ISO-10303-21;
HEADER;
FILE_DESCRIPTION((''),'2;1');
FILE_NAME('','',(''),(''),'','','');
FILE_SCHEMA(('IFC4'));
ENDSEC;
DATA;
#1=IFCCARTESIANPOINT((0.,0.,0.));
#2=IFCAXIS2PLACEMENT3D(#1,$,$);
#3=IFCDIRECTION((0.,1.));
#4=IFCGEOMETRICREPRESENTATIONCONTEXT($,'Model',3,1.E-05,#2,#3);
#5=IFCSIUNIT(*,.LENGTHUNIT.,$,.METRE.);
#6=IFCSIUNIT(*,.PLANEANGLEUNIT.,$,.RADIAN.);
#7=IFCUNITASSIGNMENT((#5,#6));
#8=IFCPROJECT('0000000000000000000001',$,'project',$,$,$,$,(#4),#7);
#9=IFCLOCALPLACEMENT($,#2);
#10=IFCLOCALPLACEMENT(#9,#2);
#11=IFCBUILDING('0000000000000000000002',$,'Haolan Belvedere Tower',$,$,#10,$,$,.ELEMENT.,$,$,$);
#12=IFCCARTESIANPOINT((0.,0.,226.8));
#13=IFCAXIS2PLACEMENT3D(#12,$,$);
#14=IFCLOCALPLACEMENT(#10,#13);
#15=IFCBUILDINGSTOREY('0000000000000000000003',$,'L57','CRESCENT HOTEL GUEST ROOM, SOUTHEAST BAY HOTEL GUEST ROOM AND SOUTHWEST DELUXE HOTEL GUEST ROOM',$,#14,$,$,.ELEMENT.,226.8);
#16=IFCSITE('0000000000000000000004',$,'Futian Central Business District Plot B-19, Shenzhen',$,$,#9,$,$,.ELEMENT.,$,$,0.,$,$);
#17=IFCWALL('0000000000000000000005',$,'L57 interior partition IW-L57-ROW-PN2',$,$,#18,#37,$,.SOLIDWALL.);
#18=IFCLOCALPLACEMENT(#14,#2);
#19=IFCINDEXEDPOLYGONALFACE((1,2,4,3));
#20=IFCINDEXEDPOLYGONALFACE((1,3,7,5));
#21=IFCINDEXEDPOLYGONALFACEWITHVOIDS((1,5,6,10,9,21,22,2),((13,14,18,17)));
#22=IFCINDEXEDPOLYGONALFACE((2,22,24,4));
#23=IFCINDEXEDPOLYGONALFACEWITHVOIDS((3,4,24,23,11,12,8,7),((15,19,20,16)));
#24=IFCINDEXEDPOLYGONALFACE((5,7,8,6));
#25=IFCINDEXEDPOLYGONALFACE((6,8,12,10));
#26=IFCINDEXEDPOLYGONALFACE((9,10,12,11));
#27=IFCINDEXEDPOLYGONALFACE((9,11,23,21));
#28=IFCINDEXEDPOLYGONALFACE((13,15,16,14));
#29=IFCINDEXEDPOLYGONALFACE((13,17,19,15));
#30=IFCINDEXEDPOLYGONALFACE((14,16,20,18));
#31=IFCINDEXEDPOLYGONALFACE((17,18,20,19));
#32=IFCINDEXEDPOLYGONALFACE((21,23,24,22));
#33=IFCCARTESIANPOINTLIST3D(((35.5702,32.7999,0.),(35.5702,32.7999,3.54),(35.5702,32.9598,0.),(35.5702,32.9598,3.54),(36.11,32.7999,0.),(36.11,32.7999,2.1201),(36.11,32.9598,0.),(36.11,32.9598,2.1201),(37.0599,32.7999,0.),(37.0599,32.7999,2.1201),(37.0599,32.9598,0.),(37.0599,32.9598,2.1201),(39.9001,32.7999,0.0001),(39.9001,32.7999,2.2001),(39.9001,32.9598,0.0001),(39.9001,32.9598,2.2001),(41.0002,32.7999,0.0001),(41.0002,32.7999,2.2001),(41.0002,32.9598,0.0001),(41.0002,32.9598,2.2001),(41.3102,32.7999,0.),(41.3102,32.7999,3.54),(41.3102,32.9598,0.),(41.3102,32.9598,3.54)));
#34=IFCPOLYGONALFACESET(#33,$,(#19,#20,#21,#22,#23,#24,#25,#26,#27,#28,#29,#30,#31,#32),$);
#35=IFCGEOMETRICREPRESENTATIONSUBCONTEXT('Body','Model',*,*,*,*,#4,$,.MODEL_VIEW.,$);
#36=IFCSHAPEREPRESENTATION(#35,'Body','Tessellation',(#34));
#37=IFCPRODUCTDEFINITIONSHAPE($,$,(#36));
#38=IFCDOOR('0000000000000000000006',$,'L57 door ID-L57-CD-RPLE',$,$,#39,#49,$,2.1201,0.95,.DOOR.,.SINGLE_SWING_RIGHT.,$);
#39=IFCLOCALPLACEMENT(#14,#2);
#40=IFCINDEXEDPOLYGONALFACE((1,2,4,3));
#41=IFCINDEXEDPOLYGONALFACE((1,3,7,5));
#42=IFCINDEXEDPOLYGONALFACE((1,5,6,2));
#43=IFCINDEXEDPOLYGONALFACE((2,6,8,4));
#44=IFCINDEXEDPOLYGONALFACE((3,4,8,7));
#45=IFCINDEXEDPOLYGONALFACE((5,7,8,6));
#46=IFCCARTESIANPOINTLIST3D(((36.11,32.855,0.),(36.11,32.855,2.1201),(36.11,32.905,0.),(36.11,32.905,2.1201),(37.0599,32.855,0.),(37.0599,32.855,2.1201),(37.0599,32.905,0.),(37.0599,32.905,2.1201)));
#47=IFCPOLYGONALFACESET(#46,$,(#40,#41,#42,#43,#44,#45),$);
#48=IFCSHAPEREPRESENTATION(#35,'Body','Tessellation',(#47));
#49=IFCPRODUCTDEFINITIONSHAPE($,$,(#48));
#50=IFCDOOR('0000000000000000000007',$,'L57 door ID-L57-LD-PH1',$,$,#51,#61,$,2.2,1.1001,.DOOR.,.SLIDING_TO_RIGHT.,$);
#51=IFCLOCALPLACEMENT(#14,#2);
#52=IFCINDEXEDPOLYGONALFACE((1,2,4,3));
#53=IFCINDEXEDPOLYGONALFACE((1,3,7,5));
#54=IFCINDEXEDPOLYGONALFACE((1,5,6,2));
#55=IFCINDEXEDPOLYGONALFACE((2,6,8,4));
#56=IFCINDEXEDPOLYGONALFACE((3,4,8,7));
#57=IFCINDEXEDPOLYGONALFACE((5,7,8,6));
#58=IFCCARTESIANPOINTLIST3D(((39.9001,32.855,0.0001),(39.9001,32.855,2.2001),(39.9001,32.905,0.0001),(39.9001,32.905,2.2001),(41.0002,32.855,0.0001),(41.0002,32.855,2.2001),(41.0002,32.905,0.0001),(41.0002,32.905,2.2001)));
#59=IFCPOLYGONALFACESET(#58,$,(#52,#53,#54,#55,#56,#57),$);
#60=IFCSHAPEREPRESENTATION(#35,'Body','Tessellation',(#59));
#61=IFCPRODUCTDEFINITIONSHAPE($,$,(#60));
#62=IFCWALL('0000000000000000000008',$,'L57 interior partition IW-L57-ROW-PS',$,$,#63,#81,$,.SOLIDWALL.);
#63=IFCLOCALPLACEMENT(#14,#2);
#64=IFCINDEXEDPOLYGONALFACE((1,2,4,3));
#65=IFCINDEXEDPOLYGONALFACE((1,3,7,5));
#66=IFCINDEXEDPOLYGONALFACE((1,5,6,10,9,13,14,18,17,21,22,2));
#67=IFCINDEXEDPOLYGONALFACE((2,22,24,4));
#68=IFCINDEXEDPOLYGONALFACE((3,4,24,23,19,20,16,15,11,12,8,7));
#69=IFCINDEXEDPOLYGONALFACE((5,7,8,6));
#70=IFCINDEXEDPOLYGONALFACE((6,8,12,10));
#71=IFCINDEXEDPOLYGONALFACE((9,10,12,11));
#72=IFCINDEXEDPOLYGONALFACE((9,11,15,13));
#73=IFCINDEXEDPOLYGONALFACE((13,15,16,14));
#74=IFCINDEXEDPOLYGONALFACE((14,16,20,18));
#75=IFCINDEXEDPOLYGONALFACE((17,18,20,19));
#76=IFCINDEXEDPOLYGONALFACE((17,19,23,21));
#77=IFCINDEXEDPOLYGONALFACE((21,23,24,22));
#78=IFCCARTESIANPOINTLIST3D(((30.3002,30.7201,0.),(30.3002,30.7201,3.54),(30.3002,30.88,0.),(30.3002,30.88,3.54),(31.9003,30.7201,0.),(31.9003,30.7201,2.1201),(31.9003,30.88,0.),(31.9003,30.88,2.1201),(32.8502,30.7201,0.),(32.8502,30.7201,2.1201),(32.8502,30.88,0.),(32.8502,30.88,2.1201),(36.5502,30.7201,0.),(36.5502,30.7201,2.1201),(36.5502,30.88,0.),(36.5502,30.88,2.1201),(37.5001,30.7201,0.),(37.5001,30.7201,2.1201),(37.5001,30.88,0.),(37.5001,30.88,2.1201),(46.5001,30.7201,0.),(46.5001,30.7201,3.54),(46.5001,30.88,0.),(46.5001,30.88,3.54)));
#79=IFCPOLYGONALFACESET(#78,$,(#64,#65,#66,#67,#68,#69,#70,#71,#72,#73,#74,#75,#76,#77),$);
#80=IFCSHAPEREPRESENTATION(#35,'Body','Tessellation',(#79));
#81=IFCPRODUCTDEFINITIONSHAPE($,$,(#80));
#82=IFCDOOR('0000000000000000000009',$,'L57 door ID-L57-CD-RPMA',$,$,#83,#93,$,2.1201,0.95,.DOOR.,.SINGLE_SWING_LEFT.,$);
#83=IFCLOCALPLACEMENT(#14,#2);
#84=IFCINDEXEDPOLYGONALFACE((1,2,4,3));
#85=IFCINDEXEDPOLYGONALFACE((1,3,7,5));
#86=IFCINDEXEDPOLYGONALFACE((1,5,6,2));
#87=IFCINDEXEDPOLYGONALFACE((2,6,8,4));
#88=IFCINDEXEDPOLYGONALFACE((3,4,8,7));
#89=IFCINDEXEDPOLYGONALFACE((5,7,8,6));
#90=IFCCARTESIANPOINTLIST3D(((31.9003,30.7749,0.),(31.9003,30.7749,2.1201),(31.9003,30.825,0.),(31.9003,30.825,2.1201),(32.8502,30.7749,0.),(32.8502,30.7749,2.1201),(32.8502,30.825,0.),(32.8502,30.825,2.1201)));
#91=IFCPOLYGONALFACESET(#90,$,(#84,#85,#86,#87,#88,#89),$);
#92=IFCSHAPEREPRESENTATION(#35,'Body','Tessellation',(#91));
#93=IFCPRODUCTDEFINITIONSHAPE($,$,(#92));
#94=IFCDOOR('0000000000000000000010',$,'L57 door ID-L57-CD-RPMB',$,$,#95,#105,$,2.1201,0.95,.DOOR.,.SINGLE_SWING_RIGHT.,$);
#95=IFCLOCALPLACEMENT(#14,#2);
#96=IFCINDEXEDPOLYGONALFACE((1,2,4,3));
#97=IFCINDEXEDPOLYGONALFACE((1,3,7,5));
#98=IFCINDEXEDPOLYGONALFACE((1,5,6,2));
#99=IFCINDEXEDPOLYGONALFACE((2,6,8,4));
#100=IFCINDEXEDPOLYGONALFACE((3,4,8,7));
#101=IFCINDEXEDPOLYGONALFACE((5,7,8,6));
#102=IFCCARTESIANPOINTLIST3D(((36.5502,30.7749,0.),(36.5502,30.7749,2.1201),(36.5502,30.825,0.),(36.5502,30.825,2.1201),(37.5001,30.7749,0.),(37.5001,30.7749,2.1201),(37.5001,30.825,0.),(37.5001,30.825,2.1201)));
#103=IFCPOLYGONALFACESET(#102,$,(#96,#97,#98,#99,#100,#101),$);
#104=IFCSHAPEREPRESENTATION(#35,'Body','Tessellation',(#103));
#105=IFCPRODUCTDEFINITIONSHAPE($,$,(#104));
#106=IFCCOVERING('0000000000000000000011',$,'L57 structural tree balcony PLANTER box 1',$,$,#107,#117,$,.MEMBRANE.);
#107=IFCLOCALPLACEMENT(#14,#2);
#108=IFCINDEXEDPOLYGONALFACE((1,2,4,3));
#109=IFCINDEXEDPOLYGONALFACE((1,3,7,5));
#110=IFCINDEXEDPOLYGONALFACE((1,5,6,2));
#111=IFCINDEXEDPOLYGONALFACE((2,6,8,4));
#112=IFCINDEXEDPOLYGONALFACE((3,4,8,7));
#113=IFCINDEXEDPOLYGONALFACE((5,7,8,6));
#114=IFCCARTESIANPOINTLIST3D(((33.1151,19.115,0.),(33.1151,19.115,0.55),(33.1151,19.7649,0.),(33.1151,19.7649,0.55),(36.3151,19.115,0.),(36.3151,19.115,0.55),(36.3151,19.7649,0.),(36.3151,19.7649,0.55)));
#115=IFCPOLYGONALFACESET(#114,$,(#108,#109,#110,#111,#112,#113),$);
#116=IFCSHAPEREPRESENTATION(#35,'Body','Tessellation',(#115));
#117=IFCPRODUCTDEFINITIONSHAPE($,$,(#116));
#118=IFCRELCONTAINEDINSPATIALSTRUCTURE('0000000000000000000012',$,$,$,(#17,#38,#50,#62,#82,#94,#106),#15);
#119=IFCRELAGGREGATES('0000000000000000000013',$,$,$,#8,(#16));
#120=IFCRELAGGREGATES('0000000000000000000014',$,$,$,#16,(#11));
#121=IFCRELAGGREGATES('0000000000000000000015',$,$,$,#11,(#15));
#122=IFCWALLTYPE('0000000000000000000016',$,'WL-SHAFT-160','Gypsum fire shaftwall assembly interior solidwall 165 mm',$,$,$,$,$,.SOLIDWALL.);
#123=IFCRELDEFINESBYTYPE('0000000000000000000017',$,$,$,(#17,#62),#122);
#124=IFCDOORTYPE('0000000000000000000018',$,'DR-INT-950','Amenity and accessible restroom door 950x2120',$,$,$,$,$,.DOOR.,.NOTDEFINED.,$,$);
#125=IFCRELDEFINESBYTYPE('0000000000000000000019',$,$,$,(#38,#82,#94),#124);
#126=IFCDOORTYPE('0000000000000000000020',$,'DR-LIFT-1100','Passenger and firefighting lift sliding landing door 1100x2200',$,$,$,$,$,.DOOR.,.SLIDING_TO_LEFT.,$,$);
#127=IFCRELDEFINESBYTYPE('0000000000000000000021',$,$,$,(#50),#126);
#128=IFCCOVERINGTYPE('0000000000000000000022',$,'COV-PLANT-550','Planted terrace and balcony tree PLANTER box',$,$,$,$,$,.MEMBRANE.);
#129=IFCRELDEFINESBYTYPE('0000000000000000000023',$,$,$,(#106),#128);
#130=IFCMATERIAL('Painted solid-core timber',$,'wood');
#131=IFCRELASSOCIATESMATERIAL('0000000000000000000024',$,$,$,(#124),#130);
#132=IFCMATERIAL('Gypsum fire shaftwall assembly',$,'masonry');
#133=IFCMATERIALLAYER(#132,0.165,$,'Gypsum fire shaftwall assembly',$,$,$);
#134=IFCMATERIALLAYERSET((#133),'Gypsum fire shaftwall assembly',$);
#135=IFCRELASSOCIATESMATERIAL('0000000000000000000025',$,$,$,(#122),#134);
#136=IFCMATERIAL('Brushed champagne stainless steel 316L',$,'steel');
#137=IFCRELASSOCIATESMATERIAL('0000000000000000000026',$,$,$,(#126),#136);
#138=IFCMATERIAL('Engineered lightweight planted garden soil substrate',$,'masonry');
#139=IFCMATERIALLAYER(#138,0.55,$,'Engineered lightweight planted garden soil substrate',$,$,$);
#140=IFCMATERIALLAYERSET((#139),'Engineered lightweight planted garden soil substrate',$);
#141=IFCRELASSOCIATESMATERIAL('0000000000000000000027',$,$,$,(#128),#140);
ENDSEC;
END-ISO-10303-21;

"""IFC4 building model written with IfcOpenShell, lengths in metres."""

from ifc_helpers import new_model, si_unit, direction, frame, frame_2d, origin, origin_2d, place, context, subcontext, project, spatial, rectangle, extrude, material, layer, layer_set, type_object, element, fill, save


model = new_model("IFC4")

# Units and contexts
model_context = context("Model", 3, precision=1e-05, world=origin(), true_north=direction((0.0, 1.0)))
body_context = subcontext(model_context, "Body", "Model", "MODEL_VIEW")
ifc_project = project(units=[si_unit("LENGTHUNIT", "METRE"), si_unit("PLANEANGLEUNIT", "RADIAN")], contexts=[model_context])

# Site, building, storey
site_placement = place(None, origin())
site = spatial("IfcSite", under=ifc_project, at=site_placement, Name="Futian Central Business District Plot B-19, Shenzhen", CompositionType="ELEMENT", RefElevation=0.0)
building_placement = place(site_placement, origin())
building = spatial("IfcBuilding", under=site, at=building_placement, Name="Haolan Belvedere Tower", CompositionType="ELEMENT")
storey_placement = place(building_placement, frame((0.0, 0.0, 226.8)))
storey = spatial("IfcBuildingStorey", under=building, at=storey_placement, Name="L57", Description="CRESCENT HOTEL GUEST ROOM, SOUTHEAST BAY HOTEL GUEST ROOM AND SOUTHWEST DELUXE HOTEL GUEST ROOM", CompositionType="ELEMENT", Elevation=226.8)

# Shared definitions
ifc_material_1 = material(Name="Painted solid-core timber", Category="wood")
door_type_1 = type_object("IfcDoorType", Name="DR-INT-950", Description="Amenity and accessible restroom door 950x2120", OperationType="NOTDEFINED", PredefinedType="DOOR", material=ifc_material_1)

# Shared definitions
ifc_material_2 = material(Name="Gypsum fire shaftwall assembly", Category="masonry")
ifc_layer_1 = layer(ifc_material_2, 0.165, Name="Gypsum fire shaftwall assembly")
ifc_layer_set_1 = layer_set([ifc_layer_1], Name="Gypsum fire shaftwall assembly")
wall_type_1 = type_object("IfcWallType", Name="WL-SHAFT-160", Description="Gypsum fire shaftwall assembly interior solidwall 165 mm", PredefinedType="SOLIDWALL", material=ifc_layer_set_1)

# Walls, openings, doors
wall_1_placement = place(storey_placement, frame((35.5701, 32.8799, 0.0), z_axis=(0.0, 0.0, 1.0), x_axis=(1.0, 0.0, 0.0)))
wall_1 = element("IfcWall", 1, at=wall_1_placement, inside=storey, type_object=wall_type_1, Name="L57 interior partition IW-L57-ROW-PN2", PredefinedType="SOLIDWALL", context=body_context, shape_type="SweptSolid", body=[
    extrude(rectangle(XDim=5.74, YDim=0.1599, at=frame_2d((2.8701, 0.0))), origin(), (0.0, 0.0, 1.0), 3.54),
])
opening_1_placement = place(wall_1_placement, frame((1.49, 0.0, 0.0), z_axis=(0.0, 0.0, 1.0), x_axis=(-1.0, 0.0, 0.0)))
opening_1 = element("IfcOpeningElement", 2, at=opening_1_placement, cuts=wall_1, PredefinedType="OPENING", context=body_context, shape_type="SweptSolid", body=[
    extrude(rectangle(XDim=0.95, YDim=2.1201, at=frame_2d((0.4751, 1.0601))), frame((0.0, 0.0898, 0.0), z_axis=(0.0, -1.0, 0.0), x_axis=(1.0, 0.0, 0.0)), (0.0, 0.0, 1.0), 0.1799),
])
opening_2_placement = place(wall_1_placement, frame((5.4302, 0.0, 0.0), z_axis=(0.0, 0.0, 1.0), x_axis=(-1.0, 0.0, 0.0)))
opening_2 = element("IfcOpeningElement", 3, at=opening_2_placement, cuts=wall_1, PredefinedType="OPENING", context=body_context, shape_type="SweptSolid", body=[
    extrude(rectangle(XDim=1.1001, YDim=2.2, at=frame_2d((0.55, 1.1001))), frame((0.0, 0.0898, 0.0), z_axis=(0.0, -1.0, 0.0), x_axis=(1.0, 0.0, 0.0)), (0.0, 0.0, 1.0), 0.1799),
])
door_1_placement = place(opening_1_placement, origin())
door_1 = element("IfcDoor", 4, at=door_1_placement, inside=storey, type_object=door_type_1, Name="L57 door ID-L57-CD-RPLE", OperationType="SINGLE_SWING_RIGHT", OverallHeight=2.1201, OverallWidth=0.95, PredefinedType="DOOR", context=body_context, shape_type="SweptSolid", body=[
    extrude(rectangle(XDim=0.95, YDim=2.1201, at=frame_2d((0.4751, 1.0601))), frame((0.0, 0.0249, 0.0), z_axis=(0.0, -1.0, 0.0), x_axis=(1.0, 0.0, 0.0)), (0.0, 0.0, 1.0), 0.05),
])
fill(opening_1, door_1)
ifc_material_3 = material(Name="Brushed champagne stainless steel 316L", Category="steel")
door_type_2 = type_object("IfcDoorType", Name="DR-LIFT-1100", Description="Passenger and firefighting lift sliding landing door 1100x2200", OperationType="SLIDING_TO_LEFT", PredefinedType="DOOR", material=ifc_material_3)
door_2_placement = place(opening_2_placement, origin())
door_2 = element("IfcDoor", 5, at=door_2_placement, inside=storey, type_object=door_type_2, Name="L57 door ID-L57-LD-PH1", OperationType="SLIDING_TO_RIGHT", OverallHeight=2.2, OverallWidth=1.1001, PredefinedType="DOOR", context=body_context, shape_type="SweptSolid", body=[
    extrude(rectangle(XDim=1.1001, YDim=2.2, at=frame_2d((0.55, 1.1001))), frame((0.0, 0.0249, 0.0), z_axis=(0.0, -1.0, 0.0), x_axis=(1.0, 0.0, 0.0)), (0.0, 0.0, 1.0), 0.05),
])
fill(opening_2, door_2)
wall_2_placement = place(storey_placement, frame((30.3, 30.8, 0.0), z_axis=(0.0, 0.0, 1.0), x_axis=(1.0, 0.0, 0.0)))
wall_2 = element("IfcWall", 6, at=wall_2_placement, inside=storey, type_object=wall_type_1, Name="L57 interior partition IW-L57-ROW-PS", PredefinedType="SOLIDWALL", context=body_context, shape_type="SweptSolid", body=[
    extrude(rectangle(XDim=16.2, YDim=0.1599, at=frame_2d((8.1001, 0.0))), origin(), (0.0, 0.0, 1.0), 3.54),
])
opening_3_placement = place(wall_2_placement, frame((1.6001, 0.0, 0.0)))
opening_3 = element("IfcOpeningElement", 7, at=opening_3_placement, cuts=wall_2, PredefinedType="OPENING", context=body_context, shape_type="SweptSolid", body=[
    extrude(rectangle(XDim=0.95, YDim=2.1201, at=frame_2d((0.4751, 1.0601))), frame((0.0, 0.0898, 0.0), z_axis=(0.0, -1.0, 0.0), x_axis=(1.0, 0.0, 0.0)), (0.0, 0.0, 1.0), 0.1799),
])
opening_4_placement = place(wall_2_placement, frame((6.25, 0.0, 0.0)))
opening_4 = element("IfcOpeningElement", 8, at=opening_4_placement, cuts=wall_2, PredefinedType="OPENING", context=body_context, shape_type="SweptSolid", body=[
    extrude(rectangle(XDim=0.95, YDim=2.1201, at=frame_2d((0.4751, 1.0601))), frame((0.0, 0.0898, 0.0), z_axis=(0.0, -1.0, 0.0), x_axis=(1.0, 0.0, 0.0)), (0.0, 0.0, 1.0), 0.1799),
])
door_3_placement = place(opening_3_placement, origin())
door_3 = element("IfcDoor", 9, at=door_3_placement, inside=storey, type_object=door_type_1, Name="L57 door ID-L57-CD-RPMA", OperationType="SINGLE_SWING_LEFT", OverallHeight=2.1201, OverallWidth=0.95, PredefinedType="DOOR", context=body_context, shape_type="SweptSolid", body=[
    extrude(rectangle(XDim=0.95, YDim=2.1201, at=frame_2d((0.4751, 1.0601))), frame((0.0, 0.0249, 0.0), z_axis=(0.0, -1.0, 0.0), x_axis=(1.0, 0.0, 0.0)), (0.0, 0.0, 1.0), 0.05),
])
fill(opening_3, door_3)
door_4_placement = place(opening_4_placement, origin())
door_4 = element("IfcDoor", 10, at=door_4_placement, inside=storey, type_object=door_type_1, Name="L57 door ID-L57-CD-RPMB", OperationType="SINGLE_SWING_RIGHT", OverallHeight=2.1201, OverallWidth=0.95, PredefinedType="DOOR", context=body_context, shape_type="SweptSolid", body=[
    extrude(rectangle(XDim=0.95, YDim=2.1201, at=frame_2d((0.4751, 1.0601))), frame((0.0, 0.0249, 0.0), z_axis=(0.0, -1.0, 0.0), x_axis=(1.0, 0.0, 0.0)), (0.0, 0.0, 1.0), 0.05),
])
fill(opening_4, door_4)

# Covering
ifc_material_4 = material(Name="Engineered lightweight planted garden soil substrate", Category="masonry")
ifc_layer_2 = layer(ifc_material_4, 0.55, Name="Engineered lightweight planted garden soil substrate")
ifc_layer_set_2 = layer_set([ifc_layer_2], Name="Engineered lightweight planted garden soil substrate")
covering_type = type_object("IfcCoveringType", Name="COV-PLANT-550", Description="Planted terrace and balcony tree PLANTER box", PredefinedType="MEMBRANE", material=ifc_layer_set_2)
covering_placement = place(storey_placement, frame((34.7151, 19.4399, 0.0), z_axis=(0.0, 0.0, 1.0), x_axis=(1.0, 0.0, 0.0)))
element("IfcCovering", 11, at=covering_placement, inside=storey, type_object=covering_type, Name="L57 structural tree balcony PLANTER box 1", PredefinedType="MEMBRANE", context=body_context, shape_type="SweptSolid", body=[
    extrude(rectangle(XDim=3.2, YDim=0.6499, at=origin_2d()), origin(), (0.0, 0.0, 1.0), 0.55),
])

save(model, "model.ifc")
